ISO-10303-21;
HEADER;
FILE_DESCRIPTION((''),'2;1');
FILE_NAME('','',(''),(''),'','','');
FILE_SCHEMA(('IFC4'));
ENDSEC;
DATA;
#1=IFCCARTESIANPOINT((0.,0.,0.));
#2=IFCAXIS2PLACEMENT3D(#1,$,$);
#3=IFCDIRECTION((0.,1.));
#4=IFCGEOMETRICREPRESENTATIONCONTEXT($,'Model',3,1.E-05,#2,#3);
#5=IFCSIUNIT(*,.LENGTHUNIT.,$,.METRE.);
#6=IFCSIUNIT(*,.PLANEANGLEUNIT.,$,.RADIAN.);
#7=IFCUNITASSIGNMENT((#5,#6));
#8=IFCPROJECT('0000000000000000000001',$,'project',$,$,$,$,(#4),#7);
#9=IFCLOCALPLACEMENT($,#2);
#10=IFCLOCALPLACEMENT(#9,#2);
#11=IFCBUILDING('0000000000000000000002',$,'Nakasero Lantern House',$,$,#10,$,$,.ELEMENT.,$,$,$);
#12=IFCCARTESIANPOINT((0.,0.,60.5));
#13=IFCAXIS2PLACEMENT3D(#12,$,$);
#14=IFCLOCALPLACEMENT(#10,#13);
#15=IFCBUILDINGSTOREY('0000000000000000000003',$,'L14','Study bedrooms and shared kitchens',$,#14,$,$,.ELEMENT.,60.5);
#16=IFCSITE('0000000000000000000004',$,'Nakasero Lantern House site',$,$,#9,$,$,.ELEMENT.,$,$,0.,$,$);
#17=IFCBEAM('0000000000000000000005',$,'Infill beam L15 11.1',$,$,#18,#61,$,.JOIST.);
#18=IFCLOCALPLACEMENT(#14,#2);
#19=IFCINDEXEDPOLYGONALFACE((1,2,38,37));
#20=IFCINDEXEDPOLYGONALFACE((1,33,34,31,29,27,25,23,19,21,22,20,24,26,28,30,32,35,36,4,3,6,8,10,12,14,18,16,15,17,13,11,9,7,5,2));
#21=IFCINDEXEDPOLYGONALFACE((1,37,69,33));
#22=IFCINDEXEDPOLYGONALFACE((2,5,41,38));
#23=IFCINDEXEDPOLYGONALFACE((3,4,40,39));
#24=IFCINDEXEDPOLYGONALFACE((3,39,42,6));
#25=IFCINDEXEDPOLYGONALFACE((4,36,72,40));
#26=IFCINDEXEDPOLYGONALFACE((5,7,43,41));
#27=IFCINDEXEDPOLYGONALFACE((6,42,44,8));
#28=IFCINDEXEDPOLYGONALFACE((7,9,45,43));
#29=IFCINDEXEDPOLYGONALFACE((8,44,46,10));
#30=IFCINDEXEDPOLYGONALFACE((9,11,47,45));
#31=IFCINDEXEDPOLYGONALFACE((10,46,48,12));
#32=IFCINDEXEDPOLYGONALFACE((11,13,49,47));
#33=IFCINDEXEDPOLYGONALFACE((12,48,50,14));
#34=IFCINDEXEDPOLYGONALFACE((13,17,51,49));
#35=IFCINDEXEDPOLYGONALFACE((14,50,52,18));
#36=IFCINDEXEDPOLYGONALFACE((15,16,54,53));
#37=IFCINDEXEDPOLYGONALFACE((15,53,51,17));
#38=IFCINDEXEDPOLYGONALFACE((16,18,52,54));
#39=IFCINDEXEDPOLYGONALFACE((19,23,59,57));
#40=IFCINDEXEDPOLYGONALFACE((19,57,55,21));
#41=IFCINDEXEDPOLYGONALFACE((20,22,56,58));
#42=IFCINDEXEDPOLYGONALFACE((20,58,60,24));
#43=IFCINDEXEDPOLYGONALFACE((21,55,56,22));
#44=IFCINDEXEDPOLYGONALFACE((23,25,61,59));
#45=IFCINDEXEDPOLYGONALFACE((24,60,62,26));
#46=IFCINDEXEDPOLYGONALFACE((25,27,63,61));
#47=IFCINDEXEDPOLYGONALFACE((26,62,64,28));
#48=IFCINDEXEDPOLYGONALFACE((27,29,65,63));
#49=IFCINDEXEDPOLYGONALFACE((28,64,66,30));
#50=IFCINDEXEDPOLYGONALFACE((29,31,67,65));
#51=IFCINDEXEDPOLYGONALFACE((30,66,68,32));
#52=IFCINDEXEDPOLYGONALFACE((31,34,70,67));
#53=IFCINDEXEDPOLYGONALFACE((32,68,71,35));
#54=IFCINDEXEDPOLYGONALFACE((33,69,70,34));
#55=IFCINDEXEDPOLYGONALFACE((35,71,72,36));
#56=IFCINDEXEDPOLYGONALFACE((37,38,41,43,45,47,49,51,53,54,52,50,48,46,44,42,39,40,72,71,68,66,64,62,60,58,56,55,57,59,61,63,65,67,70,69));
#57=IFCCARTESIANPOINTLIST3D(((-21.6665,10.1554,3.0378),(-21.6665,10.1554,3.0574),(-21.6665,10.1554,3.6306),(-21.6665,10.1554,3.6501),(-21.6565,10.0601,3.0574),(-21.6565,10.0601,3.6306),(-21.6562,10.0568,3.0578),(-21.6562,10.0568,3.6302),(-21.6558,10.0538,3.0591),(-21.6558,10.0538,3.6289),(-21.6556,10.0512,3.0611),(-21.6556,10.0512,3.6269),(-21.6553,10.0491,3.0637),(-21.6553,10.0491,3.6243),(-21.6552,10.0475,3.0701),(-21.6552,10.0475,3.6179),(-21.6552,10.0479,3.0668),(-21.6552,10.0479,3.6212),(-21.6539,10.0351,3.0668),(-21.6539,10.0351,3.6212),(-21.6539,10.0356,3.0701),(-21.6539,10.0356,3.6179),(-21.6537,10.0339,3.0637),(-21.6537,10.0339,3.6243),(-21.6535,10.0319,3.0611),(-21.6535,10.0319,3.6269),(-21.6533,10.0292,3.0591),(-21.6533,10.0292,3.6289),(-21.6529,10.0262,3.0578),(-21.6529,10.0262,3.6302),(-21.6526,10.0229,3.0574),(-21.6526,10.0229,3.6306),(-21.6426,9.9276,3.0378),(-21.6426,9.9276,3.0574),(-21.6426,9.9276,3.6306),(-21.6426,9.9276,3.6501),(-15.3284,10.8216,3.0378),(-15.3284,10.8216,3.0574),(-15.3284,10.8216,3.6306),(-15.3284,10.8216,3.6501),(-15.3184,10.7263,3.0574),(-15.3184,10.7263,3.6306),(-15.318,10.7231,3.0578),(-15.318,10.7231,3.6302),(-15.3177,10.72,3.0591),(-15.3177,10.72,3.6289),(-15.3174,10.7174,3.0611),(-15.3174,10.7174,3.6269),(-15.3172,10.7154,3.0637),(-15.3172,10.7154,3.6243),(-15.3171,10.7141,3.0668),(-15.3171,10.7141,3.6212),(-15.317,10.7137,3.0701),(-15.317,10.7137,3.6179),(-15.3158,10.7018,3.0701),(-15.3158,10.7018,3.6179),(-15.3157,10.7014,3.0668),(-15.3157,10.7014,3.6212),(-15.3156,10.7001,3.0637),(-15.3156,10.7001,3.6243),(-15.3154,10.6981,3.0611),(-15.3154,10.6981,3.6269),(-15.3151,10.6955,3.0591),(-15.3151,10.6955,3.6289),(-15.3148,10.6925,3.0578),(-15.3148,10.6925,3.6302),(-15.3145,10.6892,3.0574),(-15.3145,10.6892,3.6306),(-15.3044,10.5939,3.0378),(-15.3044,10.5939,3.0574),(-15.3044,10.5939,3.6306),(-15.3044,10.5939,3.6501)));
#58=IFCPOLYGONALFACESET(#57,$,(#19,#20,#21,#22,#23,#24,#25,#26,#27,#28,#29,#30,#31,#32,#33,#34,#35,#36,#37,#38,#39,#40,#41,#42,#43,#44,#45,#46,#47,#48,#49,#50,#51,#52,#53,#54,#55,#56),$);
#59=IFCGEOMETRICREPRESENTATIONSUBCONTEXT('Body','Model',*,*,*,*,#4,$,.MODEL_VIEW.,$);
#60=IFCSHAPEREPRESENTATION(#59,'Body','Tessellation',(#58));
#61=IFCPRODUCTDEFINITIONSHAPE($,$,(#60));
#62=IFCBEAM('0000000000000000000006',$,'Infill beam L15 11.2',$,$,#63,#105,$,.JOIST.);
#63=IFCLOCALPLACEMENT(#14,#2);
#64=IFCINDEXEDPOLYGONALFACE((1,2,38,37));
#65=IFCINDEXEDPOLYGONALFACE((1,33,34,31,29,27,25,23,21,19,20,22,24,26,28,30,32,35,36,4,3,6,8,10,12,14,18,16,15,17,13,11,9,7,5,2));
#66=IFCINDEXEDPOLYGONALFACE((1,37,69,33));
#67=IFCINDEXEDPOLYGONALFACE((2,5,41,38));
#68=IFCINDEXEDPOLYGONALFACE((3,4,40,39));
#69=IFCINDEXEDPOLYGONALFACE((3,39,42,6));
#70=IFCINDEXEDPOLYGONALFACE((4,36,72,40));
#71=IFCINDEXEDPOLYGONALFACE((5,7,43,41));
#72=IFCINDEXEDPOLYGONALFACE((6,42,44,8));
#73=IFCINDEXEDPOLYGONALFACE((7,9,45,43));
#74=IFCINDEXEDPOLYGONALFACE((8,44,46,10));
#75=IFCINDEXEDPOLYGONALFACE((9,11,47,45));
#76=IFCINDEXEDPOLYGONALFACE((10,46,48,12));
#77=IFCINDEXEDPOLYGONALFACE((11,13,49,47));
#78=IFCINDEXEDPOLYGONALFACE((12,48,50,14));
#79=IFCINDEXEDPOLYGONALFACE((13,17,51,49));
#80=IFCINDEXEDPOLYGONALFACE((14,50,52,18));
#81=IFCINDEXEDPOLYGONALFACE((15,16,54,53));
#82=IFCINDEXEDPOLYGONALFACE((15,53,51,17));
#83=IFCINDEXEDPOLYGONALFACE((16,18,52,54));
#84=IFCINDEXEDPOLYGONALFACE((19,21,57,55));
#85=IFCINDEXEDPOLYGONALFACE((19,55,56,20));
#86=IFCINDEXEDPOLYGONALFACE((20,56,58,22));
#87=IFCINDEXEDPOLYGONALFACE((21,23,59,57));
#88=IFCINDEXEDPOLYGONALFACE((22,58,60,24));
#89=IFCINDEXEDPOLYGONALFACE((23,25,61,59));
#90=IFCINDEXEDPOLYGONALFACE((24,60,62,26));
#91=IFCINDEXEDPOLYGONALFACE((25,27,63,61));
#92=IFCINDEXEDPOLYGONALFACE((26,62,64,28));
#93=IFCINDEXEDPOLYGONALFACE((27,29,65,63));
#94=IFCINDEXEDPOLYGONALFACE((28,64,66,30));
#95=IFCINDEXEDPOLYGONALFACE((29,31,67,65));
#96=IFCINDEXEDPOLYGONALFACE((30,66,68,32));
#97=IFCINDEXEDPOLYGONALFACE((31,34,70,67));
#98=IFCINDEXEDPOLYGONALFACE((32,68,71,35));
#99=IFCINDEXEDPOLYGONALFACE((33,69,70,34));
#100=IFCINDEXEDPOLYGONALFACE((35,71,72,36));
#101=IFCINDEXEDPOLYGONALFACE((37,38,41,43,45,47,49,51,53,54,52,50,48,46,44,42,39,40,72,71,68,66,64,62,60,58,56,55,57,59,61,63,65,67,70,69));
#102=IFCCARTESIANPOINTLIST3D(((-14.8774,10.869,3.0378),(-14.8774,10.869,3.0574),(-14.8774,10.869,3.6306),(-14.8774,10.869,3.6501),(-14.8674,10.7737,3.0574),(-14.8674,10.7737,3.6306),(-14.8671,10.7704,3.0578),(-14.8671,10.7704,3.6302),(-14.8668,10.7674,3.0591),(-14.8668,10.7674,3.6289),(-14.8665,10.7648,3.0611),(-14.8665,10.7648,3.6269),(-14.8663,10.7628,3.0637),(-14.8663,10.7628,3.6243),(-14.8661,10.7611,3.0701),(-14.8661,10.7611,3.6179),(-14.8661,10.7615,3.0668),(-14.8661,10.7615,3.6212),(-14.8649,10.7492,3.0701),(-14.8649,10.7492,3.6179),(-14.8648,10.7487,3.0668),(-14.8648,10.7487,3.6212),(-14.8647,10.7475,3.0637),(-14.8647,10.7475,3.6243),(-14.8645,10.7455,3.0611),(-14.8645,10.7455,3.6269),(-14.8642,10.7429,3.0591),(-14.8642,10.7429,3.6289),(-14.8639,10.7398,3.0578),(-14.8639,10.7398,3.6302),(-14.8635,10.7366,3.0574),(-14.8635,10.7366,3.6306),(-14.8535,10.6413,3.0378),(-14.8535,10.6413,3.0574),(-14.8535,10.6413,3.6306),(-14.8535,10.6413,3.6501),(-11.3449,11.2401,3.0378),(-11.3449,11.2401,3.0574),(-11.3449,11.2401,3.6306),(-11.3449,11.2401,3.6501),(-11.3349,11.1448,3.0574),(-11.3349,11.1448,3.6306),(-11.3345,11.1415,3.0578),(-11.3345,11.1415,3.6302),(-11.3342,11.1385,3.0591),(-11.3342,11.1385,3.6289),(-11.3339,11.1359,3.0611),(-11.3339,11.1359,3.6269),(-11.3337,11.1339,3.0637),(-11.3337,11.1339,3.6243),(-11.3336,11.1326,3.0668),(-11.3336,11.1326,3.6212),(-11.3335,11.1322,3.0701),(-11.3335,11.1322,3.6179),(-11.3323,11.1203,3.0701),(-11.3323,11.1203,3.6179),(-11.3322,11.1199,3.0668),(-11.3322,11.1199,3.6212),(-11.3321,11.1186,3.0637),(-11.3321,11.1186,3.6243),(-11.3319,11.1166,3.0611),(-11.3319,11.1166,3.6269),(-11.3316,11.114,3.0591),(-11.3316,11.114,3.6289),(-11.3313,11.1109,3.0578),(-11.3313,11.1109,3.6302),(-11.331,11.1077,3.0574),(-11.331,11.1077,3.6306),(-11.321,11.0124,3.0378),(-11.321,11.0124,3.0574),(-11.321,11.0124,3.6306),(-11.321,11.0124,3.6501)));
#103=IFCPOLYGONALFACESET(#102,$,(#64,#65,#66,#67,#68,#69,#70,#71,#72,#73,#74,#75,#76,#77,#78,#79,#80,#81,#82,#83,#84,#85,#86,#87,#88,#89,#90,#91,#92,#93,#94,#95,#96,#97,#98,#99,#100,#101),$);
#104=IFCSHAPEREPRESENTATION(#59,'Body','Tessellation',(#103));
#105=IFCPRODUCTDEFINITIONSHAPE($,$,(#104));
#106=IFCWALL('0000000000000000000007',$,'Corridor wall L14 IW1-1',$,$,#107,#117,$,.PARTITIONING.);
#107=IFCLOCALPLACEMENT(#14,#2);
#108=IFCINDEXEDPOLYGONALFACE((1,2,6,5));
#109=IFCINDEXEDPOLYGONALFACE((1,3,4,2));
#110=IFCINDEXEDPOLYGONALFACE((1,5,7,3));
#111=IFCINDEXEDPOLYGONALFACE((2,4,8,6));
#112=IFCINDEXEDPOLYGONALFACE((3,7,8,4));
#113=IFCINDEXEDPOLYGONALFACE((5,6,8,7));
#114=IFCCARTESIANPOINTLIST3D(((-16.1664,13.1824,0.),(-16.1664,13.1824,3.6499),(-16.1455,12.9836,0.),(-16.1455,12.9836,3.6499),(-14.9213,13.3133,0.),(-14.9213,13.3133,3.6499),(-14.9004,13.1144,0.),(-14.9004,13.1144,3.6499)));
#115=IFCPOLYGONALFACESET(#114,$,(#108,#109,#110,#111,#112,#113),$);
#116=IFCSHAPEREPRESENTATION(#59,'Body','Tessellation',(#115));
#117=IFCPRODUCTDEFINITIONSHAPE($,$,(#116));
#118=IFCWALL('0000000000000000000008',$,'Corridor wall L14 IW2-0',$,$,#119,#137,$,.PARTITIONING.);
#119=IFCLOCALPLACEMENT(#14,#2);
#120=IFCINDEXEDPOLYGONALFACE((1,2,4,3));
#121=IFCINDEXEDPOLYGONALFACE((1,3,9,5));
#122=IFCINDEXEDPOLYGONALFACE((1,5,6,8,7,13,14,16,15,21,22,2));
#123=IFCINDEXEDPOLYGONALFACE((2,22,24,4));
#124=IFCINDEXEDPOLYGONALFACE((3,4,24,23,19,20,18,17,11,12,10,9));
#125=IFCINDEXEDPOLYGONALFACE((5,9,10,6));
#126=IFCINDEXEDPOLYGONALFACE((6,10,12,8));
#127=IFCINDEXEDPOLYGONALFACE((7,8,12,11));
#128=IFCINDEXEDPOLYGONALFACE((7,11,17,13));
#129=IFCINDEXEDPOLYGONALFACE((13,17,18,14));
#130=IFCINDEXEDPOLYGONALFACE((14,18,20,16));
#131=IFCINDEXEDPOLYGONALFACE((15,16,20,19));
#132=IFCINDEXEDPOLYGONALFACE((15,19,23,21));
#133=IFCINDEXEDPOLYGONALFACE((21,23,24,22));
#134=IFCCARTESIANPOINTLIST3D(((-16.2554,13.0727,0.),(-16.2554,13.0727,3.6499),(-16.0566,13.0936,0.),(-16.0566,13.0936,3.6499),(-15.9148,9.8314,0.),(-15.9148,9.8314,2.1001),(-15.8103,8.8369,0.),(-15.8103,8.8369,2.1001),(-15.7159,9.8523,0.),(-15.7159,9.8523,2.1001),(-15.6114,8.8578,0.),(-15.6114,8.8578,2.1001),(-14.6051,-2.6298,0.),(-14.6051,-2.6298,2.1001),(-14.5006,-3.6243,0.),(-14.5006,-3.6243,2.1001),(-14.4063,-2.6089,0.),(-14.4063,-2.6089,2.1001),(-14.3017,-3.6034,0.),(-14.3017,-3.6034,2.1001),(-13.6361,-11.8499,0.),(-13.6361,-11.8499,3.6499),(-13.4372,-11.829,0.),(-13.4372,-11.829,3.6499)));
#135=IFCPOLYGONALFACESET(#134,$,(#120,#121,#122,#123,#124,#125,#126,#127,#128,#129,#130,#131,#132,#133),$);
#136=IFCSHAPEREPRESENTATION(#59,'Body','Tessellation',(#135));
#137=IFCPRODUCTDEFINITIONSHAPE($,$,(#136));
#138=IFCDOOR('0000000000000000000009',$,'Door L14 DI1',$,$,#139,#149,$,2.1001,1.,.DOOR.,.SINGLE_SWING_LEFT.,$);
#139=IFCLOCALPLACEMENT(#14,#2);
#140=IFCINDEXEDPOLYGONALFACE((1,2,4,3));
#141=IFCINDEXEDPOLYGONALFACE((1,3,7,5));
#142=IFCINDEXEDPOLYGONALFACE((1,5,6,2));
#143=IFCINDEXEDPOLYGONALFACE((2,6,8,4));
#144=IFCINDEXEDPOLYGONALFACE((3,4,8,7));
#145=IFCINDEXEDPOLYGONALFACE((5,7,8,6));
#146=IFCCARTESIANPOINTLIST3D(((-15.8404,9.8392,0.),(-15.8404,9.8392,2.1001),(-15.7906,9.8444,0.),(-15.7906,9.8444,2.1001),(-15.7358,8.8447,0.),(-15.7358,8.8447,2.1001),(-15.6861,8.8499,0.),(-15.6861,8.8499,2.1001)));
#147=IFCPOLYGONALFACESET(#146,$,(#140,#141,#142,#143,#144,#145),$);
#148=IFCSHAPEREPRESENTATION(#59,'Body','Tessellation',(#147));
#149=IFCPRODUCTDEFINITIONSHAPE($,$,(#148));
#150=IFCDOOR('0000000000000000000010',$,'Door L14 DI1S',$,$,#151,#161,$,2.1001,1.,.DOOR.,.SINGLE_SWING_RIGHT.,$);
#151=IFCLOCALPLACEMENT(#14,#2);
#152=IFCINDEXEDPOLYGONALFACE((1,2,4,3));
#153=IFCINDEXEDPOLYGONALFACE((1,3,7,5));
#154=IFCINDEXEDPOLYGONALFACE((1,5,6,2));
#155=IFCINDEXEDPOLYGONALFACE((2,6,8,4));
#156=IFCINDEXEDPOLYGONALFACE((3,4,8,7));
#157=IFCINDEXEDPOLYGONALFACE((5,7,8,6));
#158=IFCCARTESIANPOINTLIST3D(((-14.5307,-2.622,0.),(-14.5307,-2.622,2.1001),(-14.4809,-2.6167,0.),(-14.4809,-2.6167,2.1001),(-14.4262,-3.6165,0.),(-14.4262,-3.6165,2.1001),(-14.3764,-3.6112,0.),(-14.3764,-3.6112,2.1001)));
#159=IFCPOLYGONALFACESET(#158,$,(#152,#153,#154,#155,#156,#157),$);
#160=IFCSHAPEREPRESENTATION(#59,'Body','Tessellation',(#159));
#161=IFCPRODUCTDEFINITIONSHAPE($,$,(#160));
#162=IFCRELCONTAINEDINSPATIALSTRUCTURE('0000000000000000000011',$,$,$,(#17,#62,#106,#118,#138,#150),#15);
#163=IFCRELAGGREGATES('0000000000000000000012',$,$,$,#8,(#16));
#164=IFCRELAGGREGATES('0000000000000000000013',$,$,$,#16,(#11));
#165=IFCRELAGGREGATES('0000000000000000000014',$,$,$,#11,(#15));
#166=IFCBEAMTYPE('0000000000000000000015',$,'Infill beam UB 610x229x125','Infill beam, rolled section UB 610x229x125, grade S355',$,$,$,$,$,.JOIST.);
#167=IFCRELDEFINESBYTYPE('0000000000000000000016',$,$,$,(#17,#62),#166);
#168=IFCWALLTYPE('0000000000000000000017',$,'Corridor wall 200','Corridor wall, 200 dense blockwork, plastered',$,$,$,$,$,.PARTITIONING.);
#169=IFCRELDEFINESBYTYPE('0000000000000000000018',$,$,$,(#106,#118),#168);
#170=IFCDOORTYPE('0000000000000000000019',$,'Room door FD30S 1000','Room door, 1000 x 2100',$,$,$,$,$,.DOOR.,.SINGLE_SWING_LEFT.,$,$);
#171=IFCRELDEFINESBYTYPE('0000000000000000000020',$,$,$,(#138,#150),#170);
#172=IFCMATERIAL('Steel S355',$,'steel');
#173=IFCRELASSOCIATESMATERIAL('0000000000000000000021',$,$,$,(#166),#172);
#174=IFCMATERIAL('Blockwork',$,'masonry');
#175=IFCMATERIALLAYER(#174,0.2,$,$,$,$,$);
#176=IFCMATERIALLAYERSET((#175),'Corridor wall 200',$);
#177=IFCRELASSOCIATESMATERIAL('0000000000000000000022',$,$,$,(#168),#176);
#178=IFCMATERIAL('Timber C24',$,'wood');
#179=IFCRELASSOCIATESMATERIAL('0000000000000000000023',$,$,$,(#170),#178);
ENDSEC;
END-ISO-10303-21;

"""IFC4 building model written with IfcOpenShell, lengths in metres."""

from ifc_helpers import new_model, si_unit, direction, frame, frame_2d, origin, origin_2d, place, context, subcontext, project, spatial, rectangle, i_section, extrude, material, layer, layer_set, material_profile, profile_set, type_object, element, fill, save


model = new_model("IFC4")

# Units and contexts
model_context = context("Model", 3, precision=1e-05, world=origin(), true_north=direction((0.0, 1.0)))
body_context = subcontext(model_context, "Body", "Model", "MODEL_VIEW")
ifc_project = project(units=[si_unit("LENGTHUNIT", "METRE"), si_unit("PLANEANGLEUNIT", "RADIAN")], contexts=[model_context])

# Site, building, storey
site_placement = place(None, origin())
site = spatial("IfcSite", under=ifc_project, at=site_placement, Name="Nakasero Lantern House site", CompositionType="ELEMENT", RefElevation=0.0)
building_placement = place(site_placement, origin())
building = spatial("IfcBuilding", under=site, at=building_placement, Name="Nakasero Lantern House", CompositionType="ELEMENT")
storey_placement = place(building_placement, frame((0.0, 0.0, 60.5)))
storey = spatial("IfcBuildingStorey", under=building, at=storey_placement, Name="L14", Description="Study bedrooms and shared kitchens", CompositionType="ELEMENT", Elevation=60.5)

# Beams
ifc_material_1 = material(Name="Steel S355", Category="steel")
ifc_material_profile = material_profile(ifc_material_1, i_section(OverallWidth=0.229, OverallDepth=0.6123, WebThickness=0.012, FlangeThickness=0.0195, FilletRadius=0.0127, at=origin_2d()), Name="UB 610x229x125")
ifc_profile_set = profile_set([ifc_material_profile], Name="Steel S355")
beam_type = type_object("IfcBeamType", Name="Infill beam UB 610x229x125", Description="Infill beam, rolled section UB 610x229x125, grade S355", PredefinedType="JOIST", material=ifc_profile_set)
beam_1_placement = place(storey_placement, frame((-21.6545, 10.0415, 3.344), z_axis=(0.99452, 0.104543, 0.0), x_axis=(-0.104543, 0.99452, 0.0)))
element("IfcBeam", 1, at=beam_1_placement, inside=storey, type_object=beam_type, Name="Infill beam L15 11.1", PredefinedType="JOIST", context=body_context, shape_type="SweptSolid", body=[
    extrude(i_section(OverallWidth=0.229, OverallDepth=0.6123, WebThickness=0.012, FlangeThickness=0.0195, FilletRadius=0.0127, at=origin_2d()), origin(), (0.0, 0.0, 1.0), 6.373),
])
beam_2_placement = place(storey_placement, frame((-14.8655, 10.7551, 3.344), z_axis=(0.994527, 0.104477, 0.0), x_axis=(-0.104477, 0.994527, 0.0)))
element("IfcBeam", 2, at=beam_2_placement, inside=storey, type_object=beam_type, Name="Infill beam L15 11.2", PredefinedType="JOIST", context=body_context, shape_type="SweptSolid", body=[
    extrude(i_section(OverallWidth=0.229, OverallDepth=0.6123, WebThickness=0.012, FlangeThickness=0.0195, FilletRadius=0.0127, at=origin_2d()), origin(), (0.0, 0.0, 1.0), 3.552),
])

# Wall
ifc_material_2 = material(Name="Blockwork", Category="masonry")
ifc_layer_1 = layer(ifc_material_2, 0.2)
ifc_layer_set_1 = layer_set([ifc_layer_1], Name="Corridor wall 200")
wall_type_1 = type_object("IfcWallType", Name="Corridor wall 200", Description="Corridor wall, 200 dense blockwork, plastered", PredefinedType="PARTITIONING", material=ifc_layer_set_1)
wall_1_placement = place(storey_placement, frame((-14.9109, 13.2139, 0.0), z_axis=(0.0, 0.0, 1.0), x_axis=(-0.994523, -0.104522, 0.0)))
element("IfcWall", 3, at=wall_1_placement, inside=storey, type_object=wall_type_1, Name="Corridor wall L14 IW1-1", PredefinedType="PARTITIONING", context=body_context, shape_type="SweptSolid", body=[
    extrude(rectangle(XDim=1.252, YDim=0.2, at=frame_2d((0.626, 0.0))), origin(), (0.0, 0.0, 1.0), 3.6499),
])

# Wall, openings, doors
wall_2_placement = place(storey_placement, frame((-16.156, 13.083, 0.0), z_axis=(0.0, 0.0, 1.0), x_axis=(0.104525, -0.994522, 0.0)))
wall_2 = element("IfcWall", 4, at=wall_2_placement, inside=storey, type_object=wall_type_1, Name="Corridor wall L14 IW2-0", PredefinedType="PARTITIONING", context=body_context, shape_type="SweptSolid", body=[
    extrude(rectangle(XDim=25.0598, YDim=0.2, at=frame_2d((12.5298, 0.0))), origin(), (0.0, 0.0, 1.0), 3.6499),
])
opening_1_placement = place(wall_2_placement, frame((3.259, 0.0, 0.0)))
opening_1 = element("IfcOpeningElement", 5, at=opening_1_placement, cuts=wall_2, PredefinedType="OPENING", context=body_context, shape_type="SweptSolid", body=[
    extrude(rectangle(XDim=1.0, YDim=2.1001, at=frame_2d((0.5, 1.05))), frame((0.0, 0.1199, 0.0), z_axis=(0.0, -1.0, 0.0), x_axis=(1.0, 0.0, 0.0)), (0.0, 0.0, 1.0), 0.24),
])
opening_2_placement = place(wall_2_placement, frame((15.7888, 0.0, 0.0)))
opening_2 = element("IfcOpeningElement", 6, at=opening_2_placement, cuts=wall_2, PredefinedType="OPENING", context=body_context, shape_type="SweptSolid", body=[
    extrude(rectangle(XDim=1.0, YDim=2.1001, at=frame_2d((0.5, 1.05))), frame((0.0, 0.1199, 0.0), z_axis=(0.0, -1.0, 0.0), x_axis=(1.0, 0.0, 0.0)), (0.0, 0.0, 1.0), 0.24),
])
ifc_material_3 = material(Name="Timber C24", Category="wood")
door_type_1 = type_object("IfcDoorType", Name="Room door FD30S 1000", Description="Room door, 1000 x 2100", OperationType="SINGLE_SWING_LEFT", PredefinedType="DOOR", material=ifc_material_3)
door_1_placement = place(opening_1_placement, origin())
door_1 = element("IfcDoor", 7, at=door_1_placement, inside=storey, type_object=door_type_1, Name="Door L14 DI1", OperationType="SINGLE_SWING_LEFT", OverallHeight=2.1001, OverallWidth=1.0, PredefinedType="DOOR", context=body_context, shape_type="SweptSolid", body=[
    extrude(rectangle(XDim=1.0, YDim=2.1001, at=frame_2d((0.5, 1.05))), frame((0.0, 0.0249, 0.0), z_axis=(0.0, -1.0, 0.0), x_axis=(1.0, 0.0, 0.0)), (0.0, 0.0, 1.0), 0.05),
])
fill(opening_1, door_1)
door_2_placement = place(opening_2_placement, origin())
door_2 = element("IfcDoor", 8, at=door_2_placement, inside=storey, type_object=door_type_1, Name="Door L14 DI1S", OperationType="SINGLE_SWING_RIGHT", OverallHeight=2.1001, OverallWidth=1.0, PredefinedType="DOOR", context=body_context, shape_type="SweptSolid", body=[
    extrude(rectangle(XDim=1.0, YDim=2.1001, at=frame_2d((0.5, 1.05))), frame((0.0, 0.0249, 0.0), z_axis=(0.0, -1.0, 0.0), x_axis=(1.0, 0.0, 0.0)), (0.0, 0.0, 1.0), 0.05),
])
fill(opening_2, door_2)

save(model, "model.ifc")
